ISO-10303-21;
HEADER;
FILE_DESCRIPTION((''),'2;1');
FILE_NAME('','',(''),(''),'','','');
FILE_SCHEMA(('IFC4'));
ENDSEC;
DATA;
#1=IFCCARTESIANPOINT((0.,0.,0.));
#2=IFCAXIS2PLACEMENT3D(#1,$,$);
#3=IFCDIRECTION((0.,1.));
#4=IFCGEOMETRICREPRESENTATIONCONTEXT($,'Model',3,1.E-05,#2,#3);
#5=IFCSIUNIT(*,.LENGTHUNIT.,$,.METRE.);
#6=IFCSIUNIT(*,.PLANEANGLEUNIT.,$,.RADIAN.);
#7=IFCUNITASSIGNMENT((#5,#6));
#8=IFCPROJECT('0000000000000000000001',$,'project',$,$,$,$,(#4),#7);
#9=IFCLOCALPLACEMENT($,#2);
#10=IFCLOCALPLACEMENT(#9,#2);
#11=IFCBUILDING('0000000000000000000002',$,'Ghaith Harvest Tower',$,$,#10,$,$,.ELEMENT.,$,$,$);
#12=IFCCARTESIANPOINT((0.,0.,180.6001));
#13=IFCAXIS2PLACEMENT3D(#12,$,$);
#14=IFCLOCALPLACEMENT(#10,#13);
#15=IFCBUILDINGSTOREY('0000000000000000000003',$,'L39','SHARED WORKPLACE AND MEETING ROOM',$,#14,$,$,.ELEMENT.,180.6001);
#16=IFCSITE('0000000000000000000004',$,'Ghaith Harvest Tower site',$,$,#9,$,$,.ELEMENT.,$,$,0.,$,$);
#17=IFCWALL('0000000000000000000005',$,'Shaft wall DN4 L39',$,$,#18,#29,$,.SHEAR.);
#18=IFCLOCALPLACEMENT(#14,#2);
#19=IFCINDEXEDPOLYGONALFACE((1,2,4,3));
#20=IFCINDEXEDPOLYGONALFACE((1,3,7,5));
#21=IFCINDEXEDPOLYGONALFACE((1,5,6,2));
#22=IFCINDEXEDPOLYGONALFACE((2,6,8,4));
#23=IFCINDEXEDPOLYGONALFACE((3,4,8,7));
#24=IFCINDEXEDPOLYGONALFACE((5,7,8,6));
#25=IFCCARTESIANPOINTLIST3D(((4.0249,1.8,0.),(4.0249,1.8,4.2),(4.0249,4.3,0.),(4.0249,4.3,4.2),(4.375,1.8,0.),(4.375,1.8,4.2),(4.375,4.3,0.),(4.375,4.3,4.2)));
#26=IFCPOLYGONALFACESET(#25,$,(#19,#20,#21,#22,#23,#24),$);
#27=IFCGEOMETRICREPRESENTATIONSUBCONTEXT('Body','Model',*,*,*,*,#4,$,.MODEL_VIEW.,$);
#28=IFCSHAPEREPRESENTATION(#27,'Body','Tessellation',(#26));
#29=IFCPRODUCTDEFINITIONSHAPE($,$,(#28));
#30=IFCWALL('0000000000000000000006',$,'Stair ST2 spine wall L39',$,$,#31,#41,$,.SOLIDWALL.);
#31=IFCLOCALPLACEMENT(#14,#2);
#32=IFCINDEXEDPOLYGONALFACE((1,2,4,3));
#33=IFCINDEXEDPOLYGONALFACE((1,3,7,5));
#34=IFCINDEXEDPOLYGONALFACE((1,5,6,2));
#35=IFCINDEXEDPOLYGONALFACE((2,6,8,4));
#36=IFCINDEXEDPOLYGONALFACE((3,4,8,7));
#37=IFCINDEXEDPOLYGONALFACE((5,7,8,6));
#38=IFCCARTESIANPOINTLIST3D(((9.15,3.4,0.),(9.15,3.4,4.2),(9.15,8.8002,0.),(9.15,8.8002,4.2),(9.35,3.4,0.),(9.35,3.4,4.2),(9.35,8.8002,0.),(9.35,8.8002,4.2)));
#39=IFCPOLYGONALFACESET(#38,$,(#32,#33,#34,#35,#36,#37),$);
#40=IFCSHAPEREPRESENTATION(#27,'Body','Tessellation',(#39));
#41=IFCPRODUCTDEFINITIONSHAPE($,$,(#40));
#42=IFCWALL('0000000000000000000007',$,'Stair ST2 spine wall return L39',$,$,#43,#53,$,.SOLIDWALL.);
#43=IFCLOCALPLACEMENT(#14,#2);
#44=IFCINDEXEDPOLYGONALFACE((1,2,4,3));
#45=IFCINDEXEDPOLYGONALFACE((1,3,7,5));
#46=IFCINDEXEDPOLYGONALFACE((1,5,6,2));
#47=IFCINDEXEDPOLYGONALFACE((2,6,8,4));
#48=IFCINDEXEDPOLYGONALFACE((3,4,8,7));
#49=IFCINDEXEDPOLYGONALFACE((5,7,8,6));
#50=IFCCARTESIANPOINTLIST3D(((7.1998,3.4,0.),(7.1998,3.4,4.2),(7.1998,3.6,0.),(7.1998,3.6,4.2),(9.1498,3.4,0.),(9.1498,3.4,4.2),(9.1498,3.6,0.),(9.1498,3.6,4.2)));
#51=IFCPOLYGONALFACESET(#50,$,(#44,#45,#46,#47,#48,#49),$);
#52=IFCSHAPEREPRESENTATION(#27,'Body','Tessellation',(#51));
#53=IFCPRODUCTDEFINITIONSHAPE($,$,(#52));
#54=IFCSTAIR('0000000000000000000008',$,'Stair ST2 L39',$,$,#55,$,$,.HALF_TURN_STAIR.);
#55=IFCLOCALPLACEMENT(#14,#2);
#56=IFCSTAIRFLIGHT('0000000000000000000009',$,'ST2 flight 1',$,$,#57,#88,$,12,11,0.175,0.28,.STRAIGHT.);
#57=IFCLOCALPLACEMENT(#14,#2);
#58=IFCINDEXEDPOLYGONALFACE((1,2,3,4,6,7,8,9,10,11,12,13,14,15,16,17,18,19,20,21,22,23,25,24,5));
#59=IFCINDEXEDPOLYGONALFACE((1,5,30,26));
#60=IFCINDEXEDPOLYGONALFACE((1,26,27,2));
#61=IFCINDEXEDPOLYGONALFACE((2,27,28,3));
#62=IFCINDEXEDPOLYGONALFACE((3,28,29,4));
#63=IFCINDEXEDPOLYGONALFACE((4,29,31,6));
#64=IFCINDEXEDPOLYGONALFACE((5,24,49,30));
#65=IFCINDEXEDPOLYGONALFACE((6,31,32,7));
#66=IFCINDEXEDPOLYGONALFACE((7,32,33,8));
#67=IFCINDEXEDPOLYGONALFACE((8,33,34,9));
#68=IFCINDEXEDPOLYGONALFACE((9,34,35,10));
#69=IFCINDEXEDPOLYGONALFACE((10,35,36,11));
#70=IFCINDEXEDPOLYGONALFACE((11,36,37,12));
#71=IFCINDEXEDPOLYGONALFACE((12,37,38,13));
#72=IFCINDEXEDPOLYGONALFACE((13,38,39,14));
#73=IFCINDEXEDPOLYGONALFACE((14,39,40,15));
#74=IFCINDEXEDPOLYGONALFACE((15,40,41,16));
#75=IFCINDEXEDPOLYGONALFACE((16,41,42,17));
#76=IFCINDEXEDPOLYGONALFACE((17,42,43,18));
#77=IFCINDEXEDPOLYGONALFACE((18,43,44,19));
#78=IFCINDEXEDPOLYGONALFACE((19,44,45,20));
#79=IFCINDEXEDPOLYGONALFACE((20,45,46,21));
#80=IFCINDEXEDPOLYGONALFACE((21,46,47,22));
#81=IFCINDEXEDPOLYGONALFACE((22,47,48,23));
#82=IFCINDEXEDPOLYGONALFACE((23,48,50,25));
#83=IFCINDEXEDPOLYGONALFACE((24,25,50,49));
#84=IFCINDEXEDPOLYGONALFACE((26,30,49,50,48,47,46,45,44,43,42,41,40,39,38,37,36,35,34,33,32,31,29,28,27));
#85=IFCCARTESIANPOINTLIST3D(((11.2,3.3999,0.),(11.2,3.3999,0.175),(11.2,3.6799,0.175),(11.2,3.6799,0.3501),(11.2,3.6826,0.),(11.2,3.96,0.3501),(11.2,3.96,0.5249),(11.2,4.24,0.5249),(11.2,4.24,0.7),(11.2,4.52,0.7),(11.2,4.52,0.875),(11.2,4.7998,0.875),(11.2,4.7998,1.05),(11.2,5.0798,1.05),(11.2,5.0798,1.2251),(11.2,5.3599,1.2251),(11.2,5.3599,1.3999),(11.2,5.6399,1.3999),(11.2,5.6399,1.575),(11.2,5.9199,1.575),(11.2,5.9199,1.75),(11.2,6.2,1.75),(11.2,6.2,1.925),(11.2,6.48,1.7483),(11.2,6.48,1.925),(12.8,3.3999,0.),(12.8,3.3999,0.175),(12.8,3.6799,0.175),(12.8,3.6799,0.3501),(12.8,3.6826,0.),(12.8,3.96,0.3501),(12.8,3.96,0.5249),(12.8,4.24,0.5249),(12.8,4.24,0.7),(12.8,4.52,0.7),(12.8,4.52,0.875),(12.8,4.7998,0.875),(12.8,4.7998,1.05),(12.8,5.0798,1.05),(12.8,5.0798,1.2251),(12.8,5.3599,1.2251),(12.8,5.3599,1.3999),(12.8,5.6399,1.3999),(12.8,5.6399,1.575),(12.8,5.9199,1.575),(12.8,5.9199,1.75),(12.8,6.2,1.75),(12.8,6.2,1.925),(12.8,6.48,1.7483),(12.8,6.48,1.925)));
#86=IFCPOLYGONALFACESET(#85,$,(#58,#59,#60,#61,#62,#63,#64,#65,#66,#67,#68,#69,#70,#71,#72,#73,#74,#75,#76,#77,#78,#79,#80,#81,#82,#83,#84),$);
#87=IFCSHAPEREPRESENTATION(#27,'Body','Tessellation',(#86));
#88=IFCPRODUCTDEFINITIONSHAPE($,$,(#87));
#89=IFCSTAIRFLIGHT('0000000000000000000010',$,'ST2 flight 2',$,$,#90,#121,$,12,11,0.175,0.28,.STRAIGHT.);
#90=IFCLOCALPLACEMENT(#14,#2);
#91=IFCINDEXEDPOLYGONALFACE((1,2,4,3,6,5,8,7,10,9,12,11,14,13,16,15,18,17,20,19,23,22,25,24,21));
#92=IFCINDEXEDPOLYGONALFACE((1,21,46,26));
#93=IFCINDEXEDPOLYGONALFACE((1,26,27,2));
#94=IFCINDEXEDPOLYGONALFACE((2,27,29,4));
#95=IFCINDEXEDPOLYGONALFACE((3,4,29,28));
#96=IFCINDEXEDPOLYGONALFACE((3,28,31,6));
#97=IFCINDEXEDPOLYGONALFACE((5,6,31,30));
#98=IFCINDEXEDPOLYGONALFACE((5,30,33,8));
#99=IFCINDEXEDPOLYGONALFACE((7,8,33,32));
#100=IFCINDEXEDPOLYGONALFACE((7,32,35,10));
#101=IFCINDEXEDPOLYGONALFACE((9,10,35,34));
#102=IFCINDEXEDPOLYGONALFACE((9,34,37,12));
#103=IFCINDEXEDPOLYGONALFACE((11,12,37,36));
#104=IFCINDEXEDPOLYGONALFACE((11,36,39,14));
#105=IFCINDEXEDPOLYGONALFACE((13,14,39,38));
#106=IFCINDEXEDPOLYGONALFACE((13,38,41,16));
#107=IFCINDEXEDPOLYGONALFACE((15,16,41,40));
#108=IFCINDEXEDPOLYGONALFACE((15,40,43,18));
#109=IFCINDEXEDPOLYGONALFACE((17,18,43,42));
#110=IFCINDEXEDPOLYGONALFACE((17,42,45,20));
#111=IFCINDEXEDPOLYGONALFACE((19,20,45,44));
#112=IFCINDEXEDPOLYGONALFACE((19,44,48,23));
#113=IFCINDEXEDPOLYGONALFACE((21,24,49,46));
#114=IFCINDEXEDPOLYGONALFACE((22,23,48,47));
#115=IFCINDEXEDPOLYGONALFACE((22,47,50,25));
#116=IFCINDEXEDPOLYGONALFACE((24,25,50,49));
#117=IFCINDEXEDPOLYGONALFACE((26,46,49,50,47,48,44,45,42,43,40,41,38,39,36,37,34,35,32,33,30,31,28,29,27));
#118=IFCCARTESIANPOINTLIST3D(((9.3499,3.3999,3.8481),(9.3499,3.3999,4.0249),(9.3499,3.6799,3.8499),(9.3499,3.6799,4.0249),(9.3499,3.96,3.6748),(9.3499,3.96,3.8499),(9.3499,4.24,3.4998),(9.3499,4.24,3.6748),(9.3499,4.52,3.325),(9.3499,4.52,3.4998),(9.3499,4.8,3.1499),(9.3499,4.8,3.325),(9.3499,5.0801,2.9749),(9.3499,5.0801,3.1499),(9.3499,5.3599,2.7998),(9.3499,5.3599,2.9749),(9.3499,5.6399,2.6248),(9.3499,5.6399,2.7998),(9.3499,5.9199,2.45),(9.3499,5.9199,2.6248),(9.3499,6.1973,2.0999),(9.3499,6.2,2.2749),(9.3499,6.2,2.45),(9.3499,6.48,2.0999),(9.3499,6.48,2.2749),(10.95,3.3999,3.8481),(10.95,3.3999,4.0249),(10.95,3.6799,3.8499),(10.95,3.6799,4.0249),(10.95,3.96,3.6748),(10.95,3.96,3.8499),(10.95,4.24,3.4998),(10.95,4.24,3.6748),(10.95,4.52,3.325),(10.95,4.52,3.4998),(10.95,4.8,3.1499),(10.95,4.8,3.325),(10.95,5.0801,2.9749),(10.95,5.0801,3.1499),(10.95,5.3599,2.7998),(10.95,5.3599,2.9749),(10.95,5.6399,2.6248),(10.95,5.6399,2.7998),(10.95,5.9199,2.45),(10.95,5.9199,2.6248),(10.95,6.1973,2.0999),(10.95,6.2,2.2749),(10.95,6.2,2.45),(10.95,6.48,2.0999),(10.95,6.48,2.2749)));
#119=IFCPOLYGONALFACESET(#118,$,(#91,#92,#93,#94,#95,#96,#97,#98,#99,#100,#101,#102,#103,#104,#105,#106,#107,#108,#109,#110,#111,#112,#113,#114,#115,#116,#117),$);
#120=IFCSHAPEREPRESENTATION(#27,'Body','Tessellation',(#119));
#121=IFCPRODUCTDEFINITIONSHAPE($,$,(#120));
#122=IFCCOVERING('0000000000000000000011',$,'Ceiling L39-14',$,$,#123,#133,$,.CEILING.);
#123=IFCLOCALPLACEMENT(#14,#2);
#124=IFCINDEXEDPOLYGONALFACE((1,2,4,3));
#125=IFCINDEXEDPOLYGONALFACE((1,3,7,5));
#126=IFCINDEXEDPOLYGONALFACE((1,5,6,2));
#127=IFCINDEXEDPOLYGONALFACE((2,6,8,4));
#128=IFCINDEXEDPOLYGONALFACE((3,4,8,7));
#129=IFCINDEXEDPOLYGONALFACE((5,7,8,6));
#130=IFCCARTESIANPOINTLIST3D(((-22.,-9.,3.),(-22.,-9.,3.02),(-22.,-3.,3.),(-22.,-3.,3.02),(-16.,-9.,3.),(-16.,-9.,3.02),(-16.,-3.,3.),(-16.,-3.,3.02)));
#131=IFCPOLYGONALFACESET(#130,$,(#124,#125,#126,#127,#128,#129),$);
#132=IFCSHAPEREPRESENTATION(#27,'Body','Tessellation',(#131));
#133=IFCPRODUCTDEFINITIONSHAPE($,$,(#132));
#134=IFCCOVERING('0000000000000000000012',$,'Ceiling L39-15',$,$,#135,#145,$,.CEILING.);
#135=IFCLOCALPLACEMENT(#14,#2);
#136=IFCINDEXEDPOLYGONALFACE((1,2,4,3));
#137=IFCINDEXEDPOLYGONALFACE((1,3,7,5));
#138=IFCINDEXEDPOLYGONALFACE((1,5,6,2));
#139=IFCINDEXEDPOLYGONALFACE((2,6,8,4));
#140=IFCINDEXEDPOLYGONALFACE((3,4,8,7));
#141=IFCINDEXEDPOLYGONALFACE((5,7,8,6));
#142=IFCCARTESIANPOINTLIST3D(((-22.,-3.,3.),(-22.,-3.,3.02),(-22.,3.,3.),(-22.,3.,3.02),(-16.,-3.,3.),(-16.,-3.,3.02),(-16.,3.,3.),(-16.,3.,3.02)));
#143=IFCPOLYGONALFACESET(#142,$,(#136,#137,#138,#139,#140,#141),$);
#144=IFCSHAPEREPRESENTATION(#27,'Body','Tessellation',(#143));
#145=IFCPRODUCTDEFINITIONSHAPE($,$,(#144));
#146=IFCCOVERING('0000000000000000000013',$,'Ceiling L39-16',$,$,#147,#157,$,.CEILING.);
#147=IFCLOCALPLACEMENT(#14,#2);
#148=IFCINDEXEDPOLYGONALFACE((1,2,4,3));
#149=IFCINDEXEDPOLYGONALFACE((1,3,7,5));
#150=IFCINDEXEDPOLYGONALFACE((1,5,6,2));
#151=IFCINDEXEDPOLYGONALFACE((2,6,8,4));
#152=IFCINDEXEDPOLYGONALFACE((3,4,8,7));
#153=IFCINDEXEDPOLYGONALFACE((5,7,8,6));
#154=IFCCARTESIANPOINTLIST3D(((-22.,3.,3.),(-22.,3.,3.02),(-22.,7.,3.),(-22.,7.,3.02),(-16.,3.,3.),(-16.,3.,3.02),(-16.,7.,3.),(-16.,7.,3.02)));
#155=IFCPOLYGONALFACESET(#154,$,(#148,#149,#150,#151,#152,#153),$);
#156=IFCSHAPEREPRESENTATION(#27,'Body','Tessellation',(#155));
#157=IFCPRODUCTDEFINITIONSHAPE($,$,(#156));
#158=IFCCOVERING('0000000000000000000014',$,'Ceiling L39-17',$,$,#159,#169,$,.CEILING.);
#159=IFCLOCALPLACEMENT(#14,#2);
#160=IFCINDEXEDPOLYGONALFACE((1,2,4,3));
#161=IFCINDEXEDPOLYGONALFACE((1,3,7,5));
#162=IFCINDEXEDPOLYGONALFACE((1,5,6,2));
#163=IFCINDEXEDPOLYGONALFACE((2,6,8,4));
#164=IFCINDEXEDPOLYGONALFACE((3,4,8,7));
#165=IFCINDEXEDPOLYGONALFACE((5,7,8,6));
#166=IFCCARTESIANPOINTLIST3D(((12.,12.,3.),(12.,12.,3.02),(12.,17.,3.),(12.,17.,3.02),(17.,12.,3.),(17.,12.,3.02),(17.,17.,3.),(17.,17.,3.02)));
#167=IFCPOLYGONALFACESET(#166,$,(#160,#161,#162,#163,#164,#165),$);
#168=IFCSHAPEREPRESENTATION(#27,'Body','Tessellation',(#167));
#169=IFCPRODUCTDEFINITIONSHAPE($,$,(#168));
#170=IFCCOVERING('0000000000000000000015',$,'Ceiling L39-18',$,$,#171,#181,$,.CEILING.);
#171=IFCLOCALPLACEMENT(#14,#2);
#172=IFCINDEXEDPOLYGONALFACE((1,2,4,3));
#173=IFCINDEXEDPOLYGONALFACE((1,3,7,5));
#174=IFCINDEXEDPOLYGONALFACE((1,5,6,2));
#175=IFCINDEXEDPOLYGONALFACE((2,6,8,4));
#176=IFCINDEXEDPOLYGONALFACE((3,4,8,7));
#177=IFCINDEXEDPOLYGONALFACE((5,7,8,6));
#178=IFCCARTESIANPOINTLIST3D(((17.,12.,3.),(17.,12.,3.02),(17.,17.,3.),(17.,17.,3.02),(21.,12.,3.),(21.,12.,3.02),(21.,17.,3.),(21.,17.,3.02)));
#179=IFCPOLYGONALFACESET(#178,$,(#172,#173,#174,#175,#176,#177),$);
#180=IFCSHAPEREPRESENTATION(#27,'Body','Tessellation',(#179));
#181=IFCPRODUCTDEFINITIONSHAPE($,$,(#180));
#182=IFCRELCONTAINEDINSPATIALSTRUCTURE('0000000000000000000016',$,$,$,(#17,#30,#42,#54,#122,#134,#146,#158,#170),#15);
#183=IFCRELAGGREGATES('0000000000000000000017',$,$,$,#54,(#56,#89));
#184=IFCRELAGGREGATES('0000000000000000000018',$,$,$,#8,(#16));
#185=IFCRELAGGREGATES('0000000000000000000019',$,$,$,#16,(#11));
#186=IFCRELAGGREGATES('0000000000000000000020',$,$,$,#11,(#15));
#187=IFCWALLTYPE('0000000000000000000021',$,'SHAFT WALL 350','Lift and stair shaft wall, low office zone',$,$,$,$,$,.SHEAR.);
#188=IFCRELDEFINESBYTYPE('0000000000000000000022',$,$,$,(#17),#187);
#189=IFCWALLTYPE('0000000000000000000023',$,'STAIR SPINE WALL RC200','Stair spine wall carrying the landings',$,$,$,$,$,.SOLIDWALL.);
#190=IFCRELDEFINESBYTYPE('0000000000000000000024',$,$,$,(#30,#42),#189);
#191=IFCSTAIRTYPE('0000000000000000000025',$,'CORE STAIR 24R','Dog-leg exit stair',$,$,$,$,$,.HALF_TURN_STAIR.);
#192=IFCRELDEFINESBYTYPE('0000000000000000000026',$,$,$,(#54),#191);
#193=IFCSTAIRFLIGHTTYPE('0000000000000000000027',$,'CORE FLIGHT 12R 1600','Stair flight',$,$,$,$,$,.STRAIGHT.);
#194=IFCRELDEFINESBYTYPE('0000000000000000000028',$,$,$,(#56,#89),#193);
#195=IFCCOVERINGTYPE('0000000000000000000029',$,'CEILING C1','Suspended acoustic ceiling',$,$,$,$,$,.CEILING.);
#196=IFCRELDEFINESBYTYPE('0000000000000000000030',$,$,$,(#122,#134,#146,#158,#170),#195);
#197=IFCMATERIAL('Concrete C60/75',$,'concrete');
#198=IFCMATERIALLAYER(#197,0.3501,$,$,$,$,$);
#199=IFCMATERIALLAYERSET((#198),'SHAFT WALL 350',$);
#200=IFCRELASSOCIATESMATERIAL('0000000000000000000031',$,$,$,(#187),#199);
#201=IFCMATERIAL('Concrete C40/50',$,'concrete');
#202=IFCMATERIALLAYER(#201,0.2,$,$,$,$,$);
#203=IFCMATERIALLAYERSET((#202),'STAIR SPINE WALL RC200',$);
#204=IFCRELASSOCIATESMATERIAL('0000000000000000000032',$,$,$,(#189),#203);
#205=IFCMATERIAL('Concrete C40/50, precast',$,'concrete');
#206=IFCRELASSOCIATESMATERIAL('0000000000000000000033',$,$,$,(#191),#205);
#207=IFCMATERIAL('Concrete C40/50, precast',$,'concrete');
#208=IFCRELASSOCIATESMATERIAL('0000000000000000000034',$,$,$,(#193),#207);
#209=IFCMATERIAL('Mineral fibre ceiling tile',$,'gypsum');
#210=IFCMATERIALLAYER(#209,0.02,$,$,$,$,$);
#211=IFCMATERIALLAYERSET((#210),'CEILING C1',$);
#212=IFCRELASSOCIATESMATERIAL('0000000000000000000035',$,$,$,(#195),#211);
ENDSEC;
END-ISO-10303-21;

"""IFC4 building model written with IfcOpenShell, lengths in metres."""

from ifc_helpers import new_model, si_unit, direction, frame, frame_2d, origin, place, context, subcontext, project, spatial, polyline, rectangle, outline, extrude, material, layer, layer_set, type_object, element, aggregate, save


model = new_model("IFC4")

# Units and contexts
model_context = context("Model", 3, precision=1e-05, world=origin(), true_north=direction((0.0, 1.0)))
body_context = subcontext(model_context, "Body", "Model", "MODEL_VIEW")
ifc_project = project(units=[si_unit("LENGTHUNIT", "METRE"), si_unit("PLANEANGLEUNIT", "RADIAN")], contexts=[model_context])

# Site, building, storey
site_placement = place(None, origin())
site = spatial("IfcSite", under=ifc_project, at=site_placement, Name="Ghaith Harvest Tower site", CompositionType="ELEMENT", RefElevation=0.0)
building_placement = place(site_placement, origin())
building = spatial("IfcBuilding", under=site, at=building_placement, Name="Ghaith Harvest Tower", CompositionType="ELEMENT")
storey_placement = place(building_placement, frame((0.0, 0.0, 180.6001)))
storey = spatial("IfcBuildingStorey", under=building, at=storey_placement, Name="L39", Description="SHARED WORKPLACE AND MEETING ROOM", CompositionType="ELEMENT", Elevation=180.6001)

# Shared definitions
ifc_material_1 = material(Name="Concrete C60/75", Category="concrete")
ifc_layer_1 = layer(ifc_material_1, 0.3501)
ifc_layer_set_1 = layer_set([ifc_layer_1], Name="SHAFT WALL 350")
wall_type_1 = type_object("IfcWallType", Name="SHAFT WALL 350", Description="Lift and stair shaft wall, low office zone", PredefinedType="SHEAR", material=ifc_layer_set_1)

# Walls
wall_1_placement = place(storey_placement, frame((4.2, 1.8, 0.0), z_axis=(0.0, 0.0, 1.0), x_axis=(0.0, 1.0, 0.0)))
element("IfcWall", 1, at=wall_1_placement, inside=storey, type_object=wall_type_1, Name="Shaft wall DN4 L39", PredefinedType="SHEAR", context=body_context, shape_type="SweptSolid", body=[
    extrude(rectangle(XDim=2.5, YDim=0.3501, at=frame_2d((1.25, 0.0))), origin(), (0.0, 0.0, 1.0), 4.2),
])
ifc_material_2 = material(Name="Concrete C40/50", Category="concrete")
ifc_layer_2 = layer(ifc_material_2, 0.2)
ifc_layer_set_2 = layer_set([ifc_layer_2], Name="STAIR SPINE WALL RC200")
wall_type_2 = type_object("IfcWallType", Name="STAIR SPINE WALL RC200", Description="Stair spine wall carrying the landings", PredefinedType="SOLIDWALL", material=ifc_layer_set_2)
wall_2_placement = place(storey_placement, frame((9.25, 3.3999, 0.0), z_axis=(0.0, 0.0, 1.0), x_axis=(0.0, 1.0, 0.0)))
element("IfcWall", 2, at=wall_2_placement, inside=storey, type_object=wall_type_2, Name="Stair ST2 spine wall L39", PredefinedType="SOLIDWALL", context=body_context, shape_type="SweptSolid", body=[
    extrude(rectangle(XDim=5.4001, YDim=0.2, at=frame_2d((2.7002, 0.0))), origin(), (0.0, 0.0, 1.0), 4.2),
])
wall_3_placement = place(storey_placement, frame((9.1499, 3.5, 0.0), z_axis=(0.0, 0.0, 1.0), x_axis=(-1.0, 0.0, 0.0)))
element("IfcWall", 3, at=wall_3_placement, inside=storey, type_object=wall_type_2, Name="Stair ST2 spine wall return L39", PredefinedType="SOLIDWALL", context=body_context, shape_type="SweptSolid", body=[
    extrude(rectangle(XDim=1.95, YDim=0.2, at=frame_2d((0.9751, 0.0))), origin(), (0.0, 0.0, 1.0), 4.2),
])

# Stair, stair flights
ifc_material_3 = material(Name="Concrete C40/50, precast", Category="concrete")
stair_type = type_object("IfcStairType", Name="CORE STAIR 24R", Description="Dog-leg exit stair", PredefinedType="HALF_TURN_STAIR", material=ifc_material_3)
stair_placement = place(storey_placement, origin())
stair = element("IfcStair", 4, at=stair_placement, inside=storey, type_object=stair_type, Name="Stair ST2 L39", PredefinedType="HALF_TURN_STAIR")
ifc_material_4 = material(Name="Concrete C40/50, precast", Category="concrete")
stair_flight_type = type_object("IfcStairFlightType", Name="CORE FLIGHT 12R 1600", Description="Stair flight", PredefinedType="STRAIGHT", material=ifc_material_4)
stair_flight_1_placement = place(storey_placement, frame((12.0, 3.3999, 0.0), z_axis=(0.0, 0.0, 1.0), x_axis=(0.0, 1.0, 0.0)))
stair_flight_1 = element("IfcStairFlight", 5, at=stair_flight_1_placement, type_object=stair_flight_type, Name="ST2 flight 1", NumberOfRisers=12, NumberOfTreads=11, PredefinedType="STRAIGHT", RiserHeight=0.175, TreadLength=0.28, context=body_context, shape_type="SweptSolid", body=[
    extrude(outline(polyline([(0.0, 0.0), (0.0, 0.175), (0.28, 0.175), (0.28, 0.3501), (0.5601, 0.3501), (0.5601, 0.5249), (0.8401, 0.5249), (0.8401, 0.7), (1.1201, 0.7), (1.1201, 0.875), (1.3999, 0.875), (1.3999, 1.05), (1.6799, 1.05), (1.6799, 1.2251), (1.96, 1.2251), (1.96, 1.3999), (2.24, 1.3999), (2.24, 1.575), (2.52, 1.575), (2.52, 1.75), (2.8, 1.75), (2.8, 1.925), (3.0801, 1.925), (3.0801, 2.1001), (3.0801, 1.7483), (0.2827, 0.0), (0.0, 0.0)])), frame((0.0, 0.8, 0.0), z_axis=(0.0, -1.0, 0.0), x_axis=(1.0, 0.0, 0.0)), (0.0, 0.0, 1.0), 1.6001),
])
stair_flight_2_placement = place(storey_placement, frame((10.1499, 6.48, 2.0999), z_axis=(0.0, 0.0, 1.0), x_axis=(0.0, -1.0, 0.0)))
stair_flight_2 = element("IfcStairFlight", 6, at=stair_flight_2_placement, type_object=stair_flight_type, Name="ST2 flight 2", NumberOfRisers=12, NumberOfTreads=11, PredefinedType="STRAIGHT", RiserHeight=0.175, TreadLength=0.28, context=body_context, shape_type="SweptSolid", body=[
    extrude(outline(polyline([(0.0, 0.0), (0.0, 0.175), (0.28, 0.175), (0.28, 0.3501), (0.5601, 0.3501), (0.5601, 0.5249), (0.8401, 0.5249), (0.8401, 0.7), (1.1201, 0.7), (1.1201, 0.875), (1.3999, 0.875), (1.3999, 1.05), (1.6799, 1.05), (1.6799, 1.2251), (1.96, 1.2251), (1.96, 1.3999), (2.24, 1.3999), (2.24, 1.575), (2.52, 1.575), (2.52, 1.75), (2.8, 1.75), (2.8, 1.925), (3.0801, 1.925), (3.0801, 2.1001), (3.0801, 1.7483), (0.2827, 0.0), (0.0, 0.0)])), frame((0.0, 0.8, 0.0), z_axis=(0.0, -1.0, 0.0), x_axis=(1.0, 0.0, 0.0)), (0.0, 0.0, 1.0), 1.6001),
])
aggregate(stair, [stair_flight_1, stair_flight_2])

# Coverings
ifc_material_5 = material(Name="Mineral fibre ceiling tile", Category="gypsum")
ifc_layer_3 = layer(ifc_material_5, 0.02)
ifc_layer_set_3 = layer_set([ifc_layer_3], Name="CEILING C1")
covering_type = type_object("IfcCoveringType", Name="CEILING C1", Description="Suspended acoustic ceiling", PredefinedType="CEILING", material=ifc_layer_set_3)
covering_1_placement = place(storey_placement, frame((0.0, 0.0, 3.0)))
element("IfcCovering", 7, at=covering_1_placement, inside=storey, type_object=covering_type, Name="Ceiling L39-14", PredefinedType="CEILING", context=body_context, shape_type="SweptSolid", body=[
    extrude(outline(polyline([(-22.0, -9.0), (-16.0, -9.0), (-16.0, -3.0), (-22.0, -3.0), (-22.0, -9.0)])), origin(), (0.0, 0.0, 1.0), 0.02),
])
covering_2_placement = place(storey_placement, frame((0.0, 0.0, 3.0)))
element("IfcCovering", 8, at=covering_2_placement, inside=storey, type_object=covering_type, Name="Ceiling L39-15", PredefinedType="CEILING", context=body_context, shape_type="SweptSolid", body=[
    extrude(outline(polyline([(-22.0, -3.0), (-16.0, -3.0), (-16.0, 3.0), (-22.0, 3.0), (-22.0, -3.0)])), origin(), (0.0, 0.0, 1.0), 0.02),
])
covering_3_placement = place(storey_placement, frame((0.0, 0.0, 3.0)))
element("IfcCovering", 9, at=covering_3_placement, inside=storey, type_object=covering_type, Name="Ceiling L39-16", PredefinedType="CEILING", context=body_context, shape_type="SweptSolid", body=[
    extrude(outline(polyline([(-22.0, 3.0), (-16.0, 3.0), (-16.0, 7.0), (-22.0, 7.0), (-22.0, 3.0)])), origin(), (0.0, 0.0, 1.0), 0.02),
])
covering_4_placement = place(storey_placement, frame((0.0, 0.0, 3.0)))
element("IfcCovering", 10, at=covering_4_placement, inside=storey, type_object=covering_type, Name="Ceiling L39-17", PredefinedType="CEILING", context=body_context, shape_type="SweptSolid", body=[
    extrude(outline(polyline([(12.0, 12.0), (17.0, 12.0), (17.0, 17.0), (12.0, 17.0), (12.0, 12.0)])), origin(), (0.0, 0.0, 1.0), 0.02),
])
covering_5_placement = place(storey_placement, frame((0.0, 0.0, 3.0)))
element("IfcCovering", 11, at=covering_5_placement, inside=storey, type_object=covering_type, Name="Ceiling L39-18", PredefinedType="CEILING", context=body_context, shape_type="SweptSolid", body=[
    extrude(outline(polyline([(17.0, 12.0), (21.0, 12.0), (21.0, 17.0), (17.0, 17.0), (17.0, 12.0)])), origin(), (0.0, 0.0, 1.0), 0.02),
])

save(model, "model.ifc")
